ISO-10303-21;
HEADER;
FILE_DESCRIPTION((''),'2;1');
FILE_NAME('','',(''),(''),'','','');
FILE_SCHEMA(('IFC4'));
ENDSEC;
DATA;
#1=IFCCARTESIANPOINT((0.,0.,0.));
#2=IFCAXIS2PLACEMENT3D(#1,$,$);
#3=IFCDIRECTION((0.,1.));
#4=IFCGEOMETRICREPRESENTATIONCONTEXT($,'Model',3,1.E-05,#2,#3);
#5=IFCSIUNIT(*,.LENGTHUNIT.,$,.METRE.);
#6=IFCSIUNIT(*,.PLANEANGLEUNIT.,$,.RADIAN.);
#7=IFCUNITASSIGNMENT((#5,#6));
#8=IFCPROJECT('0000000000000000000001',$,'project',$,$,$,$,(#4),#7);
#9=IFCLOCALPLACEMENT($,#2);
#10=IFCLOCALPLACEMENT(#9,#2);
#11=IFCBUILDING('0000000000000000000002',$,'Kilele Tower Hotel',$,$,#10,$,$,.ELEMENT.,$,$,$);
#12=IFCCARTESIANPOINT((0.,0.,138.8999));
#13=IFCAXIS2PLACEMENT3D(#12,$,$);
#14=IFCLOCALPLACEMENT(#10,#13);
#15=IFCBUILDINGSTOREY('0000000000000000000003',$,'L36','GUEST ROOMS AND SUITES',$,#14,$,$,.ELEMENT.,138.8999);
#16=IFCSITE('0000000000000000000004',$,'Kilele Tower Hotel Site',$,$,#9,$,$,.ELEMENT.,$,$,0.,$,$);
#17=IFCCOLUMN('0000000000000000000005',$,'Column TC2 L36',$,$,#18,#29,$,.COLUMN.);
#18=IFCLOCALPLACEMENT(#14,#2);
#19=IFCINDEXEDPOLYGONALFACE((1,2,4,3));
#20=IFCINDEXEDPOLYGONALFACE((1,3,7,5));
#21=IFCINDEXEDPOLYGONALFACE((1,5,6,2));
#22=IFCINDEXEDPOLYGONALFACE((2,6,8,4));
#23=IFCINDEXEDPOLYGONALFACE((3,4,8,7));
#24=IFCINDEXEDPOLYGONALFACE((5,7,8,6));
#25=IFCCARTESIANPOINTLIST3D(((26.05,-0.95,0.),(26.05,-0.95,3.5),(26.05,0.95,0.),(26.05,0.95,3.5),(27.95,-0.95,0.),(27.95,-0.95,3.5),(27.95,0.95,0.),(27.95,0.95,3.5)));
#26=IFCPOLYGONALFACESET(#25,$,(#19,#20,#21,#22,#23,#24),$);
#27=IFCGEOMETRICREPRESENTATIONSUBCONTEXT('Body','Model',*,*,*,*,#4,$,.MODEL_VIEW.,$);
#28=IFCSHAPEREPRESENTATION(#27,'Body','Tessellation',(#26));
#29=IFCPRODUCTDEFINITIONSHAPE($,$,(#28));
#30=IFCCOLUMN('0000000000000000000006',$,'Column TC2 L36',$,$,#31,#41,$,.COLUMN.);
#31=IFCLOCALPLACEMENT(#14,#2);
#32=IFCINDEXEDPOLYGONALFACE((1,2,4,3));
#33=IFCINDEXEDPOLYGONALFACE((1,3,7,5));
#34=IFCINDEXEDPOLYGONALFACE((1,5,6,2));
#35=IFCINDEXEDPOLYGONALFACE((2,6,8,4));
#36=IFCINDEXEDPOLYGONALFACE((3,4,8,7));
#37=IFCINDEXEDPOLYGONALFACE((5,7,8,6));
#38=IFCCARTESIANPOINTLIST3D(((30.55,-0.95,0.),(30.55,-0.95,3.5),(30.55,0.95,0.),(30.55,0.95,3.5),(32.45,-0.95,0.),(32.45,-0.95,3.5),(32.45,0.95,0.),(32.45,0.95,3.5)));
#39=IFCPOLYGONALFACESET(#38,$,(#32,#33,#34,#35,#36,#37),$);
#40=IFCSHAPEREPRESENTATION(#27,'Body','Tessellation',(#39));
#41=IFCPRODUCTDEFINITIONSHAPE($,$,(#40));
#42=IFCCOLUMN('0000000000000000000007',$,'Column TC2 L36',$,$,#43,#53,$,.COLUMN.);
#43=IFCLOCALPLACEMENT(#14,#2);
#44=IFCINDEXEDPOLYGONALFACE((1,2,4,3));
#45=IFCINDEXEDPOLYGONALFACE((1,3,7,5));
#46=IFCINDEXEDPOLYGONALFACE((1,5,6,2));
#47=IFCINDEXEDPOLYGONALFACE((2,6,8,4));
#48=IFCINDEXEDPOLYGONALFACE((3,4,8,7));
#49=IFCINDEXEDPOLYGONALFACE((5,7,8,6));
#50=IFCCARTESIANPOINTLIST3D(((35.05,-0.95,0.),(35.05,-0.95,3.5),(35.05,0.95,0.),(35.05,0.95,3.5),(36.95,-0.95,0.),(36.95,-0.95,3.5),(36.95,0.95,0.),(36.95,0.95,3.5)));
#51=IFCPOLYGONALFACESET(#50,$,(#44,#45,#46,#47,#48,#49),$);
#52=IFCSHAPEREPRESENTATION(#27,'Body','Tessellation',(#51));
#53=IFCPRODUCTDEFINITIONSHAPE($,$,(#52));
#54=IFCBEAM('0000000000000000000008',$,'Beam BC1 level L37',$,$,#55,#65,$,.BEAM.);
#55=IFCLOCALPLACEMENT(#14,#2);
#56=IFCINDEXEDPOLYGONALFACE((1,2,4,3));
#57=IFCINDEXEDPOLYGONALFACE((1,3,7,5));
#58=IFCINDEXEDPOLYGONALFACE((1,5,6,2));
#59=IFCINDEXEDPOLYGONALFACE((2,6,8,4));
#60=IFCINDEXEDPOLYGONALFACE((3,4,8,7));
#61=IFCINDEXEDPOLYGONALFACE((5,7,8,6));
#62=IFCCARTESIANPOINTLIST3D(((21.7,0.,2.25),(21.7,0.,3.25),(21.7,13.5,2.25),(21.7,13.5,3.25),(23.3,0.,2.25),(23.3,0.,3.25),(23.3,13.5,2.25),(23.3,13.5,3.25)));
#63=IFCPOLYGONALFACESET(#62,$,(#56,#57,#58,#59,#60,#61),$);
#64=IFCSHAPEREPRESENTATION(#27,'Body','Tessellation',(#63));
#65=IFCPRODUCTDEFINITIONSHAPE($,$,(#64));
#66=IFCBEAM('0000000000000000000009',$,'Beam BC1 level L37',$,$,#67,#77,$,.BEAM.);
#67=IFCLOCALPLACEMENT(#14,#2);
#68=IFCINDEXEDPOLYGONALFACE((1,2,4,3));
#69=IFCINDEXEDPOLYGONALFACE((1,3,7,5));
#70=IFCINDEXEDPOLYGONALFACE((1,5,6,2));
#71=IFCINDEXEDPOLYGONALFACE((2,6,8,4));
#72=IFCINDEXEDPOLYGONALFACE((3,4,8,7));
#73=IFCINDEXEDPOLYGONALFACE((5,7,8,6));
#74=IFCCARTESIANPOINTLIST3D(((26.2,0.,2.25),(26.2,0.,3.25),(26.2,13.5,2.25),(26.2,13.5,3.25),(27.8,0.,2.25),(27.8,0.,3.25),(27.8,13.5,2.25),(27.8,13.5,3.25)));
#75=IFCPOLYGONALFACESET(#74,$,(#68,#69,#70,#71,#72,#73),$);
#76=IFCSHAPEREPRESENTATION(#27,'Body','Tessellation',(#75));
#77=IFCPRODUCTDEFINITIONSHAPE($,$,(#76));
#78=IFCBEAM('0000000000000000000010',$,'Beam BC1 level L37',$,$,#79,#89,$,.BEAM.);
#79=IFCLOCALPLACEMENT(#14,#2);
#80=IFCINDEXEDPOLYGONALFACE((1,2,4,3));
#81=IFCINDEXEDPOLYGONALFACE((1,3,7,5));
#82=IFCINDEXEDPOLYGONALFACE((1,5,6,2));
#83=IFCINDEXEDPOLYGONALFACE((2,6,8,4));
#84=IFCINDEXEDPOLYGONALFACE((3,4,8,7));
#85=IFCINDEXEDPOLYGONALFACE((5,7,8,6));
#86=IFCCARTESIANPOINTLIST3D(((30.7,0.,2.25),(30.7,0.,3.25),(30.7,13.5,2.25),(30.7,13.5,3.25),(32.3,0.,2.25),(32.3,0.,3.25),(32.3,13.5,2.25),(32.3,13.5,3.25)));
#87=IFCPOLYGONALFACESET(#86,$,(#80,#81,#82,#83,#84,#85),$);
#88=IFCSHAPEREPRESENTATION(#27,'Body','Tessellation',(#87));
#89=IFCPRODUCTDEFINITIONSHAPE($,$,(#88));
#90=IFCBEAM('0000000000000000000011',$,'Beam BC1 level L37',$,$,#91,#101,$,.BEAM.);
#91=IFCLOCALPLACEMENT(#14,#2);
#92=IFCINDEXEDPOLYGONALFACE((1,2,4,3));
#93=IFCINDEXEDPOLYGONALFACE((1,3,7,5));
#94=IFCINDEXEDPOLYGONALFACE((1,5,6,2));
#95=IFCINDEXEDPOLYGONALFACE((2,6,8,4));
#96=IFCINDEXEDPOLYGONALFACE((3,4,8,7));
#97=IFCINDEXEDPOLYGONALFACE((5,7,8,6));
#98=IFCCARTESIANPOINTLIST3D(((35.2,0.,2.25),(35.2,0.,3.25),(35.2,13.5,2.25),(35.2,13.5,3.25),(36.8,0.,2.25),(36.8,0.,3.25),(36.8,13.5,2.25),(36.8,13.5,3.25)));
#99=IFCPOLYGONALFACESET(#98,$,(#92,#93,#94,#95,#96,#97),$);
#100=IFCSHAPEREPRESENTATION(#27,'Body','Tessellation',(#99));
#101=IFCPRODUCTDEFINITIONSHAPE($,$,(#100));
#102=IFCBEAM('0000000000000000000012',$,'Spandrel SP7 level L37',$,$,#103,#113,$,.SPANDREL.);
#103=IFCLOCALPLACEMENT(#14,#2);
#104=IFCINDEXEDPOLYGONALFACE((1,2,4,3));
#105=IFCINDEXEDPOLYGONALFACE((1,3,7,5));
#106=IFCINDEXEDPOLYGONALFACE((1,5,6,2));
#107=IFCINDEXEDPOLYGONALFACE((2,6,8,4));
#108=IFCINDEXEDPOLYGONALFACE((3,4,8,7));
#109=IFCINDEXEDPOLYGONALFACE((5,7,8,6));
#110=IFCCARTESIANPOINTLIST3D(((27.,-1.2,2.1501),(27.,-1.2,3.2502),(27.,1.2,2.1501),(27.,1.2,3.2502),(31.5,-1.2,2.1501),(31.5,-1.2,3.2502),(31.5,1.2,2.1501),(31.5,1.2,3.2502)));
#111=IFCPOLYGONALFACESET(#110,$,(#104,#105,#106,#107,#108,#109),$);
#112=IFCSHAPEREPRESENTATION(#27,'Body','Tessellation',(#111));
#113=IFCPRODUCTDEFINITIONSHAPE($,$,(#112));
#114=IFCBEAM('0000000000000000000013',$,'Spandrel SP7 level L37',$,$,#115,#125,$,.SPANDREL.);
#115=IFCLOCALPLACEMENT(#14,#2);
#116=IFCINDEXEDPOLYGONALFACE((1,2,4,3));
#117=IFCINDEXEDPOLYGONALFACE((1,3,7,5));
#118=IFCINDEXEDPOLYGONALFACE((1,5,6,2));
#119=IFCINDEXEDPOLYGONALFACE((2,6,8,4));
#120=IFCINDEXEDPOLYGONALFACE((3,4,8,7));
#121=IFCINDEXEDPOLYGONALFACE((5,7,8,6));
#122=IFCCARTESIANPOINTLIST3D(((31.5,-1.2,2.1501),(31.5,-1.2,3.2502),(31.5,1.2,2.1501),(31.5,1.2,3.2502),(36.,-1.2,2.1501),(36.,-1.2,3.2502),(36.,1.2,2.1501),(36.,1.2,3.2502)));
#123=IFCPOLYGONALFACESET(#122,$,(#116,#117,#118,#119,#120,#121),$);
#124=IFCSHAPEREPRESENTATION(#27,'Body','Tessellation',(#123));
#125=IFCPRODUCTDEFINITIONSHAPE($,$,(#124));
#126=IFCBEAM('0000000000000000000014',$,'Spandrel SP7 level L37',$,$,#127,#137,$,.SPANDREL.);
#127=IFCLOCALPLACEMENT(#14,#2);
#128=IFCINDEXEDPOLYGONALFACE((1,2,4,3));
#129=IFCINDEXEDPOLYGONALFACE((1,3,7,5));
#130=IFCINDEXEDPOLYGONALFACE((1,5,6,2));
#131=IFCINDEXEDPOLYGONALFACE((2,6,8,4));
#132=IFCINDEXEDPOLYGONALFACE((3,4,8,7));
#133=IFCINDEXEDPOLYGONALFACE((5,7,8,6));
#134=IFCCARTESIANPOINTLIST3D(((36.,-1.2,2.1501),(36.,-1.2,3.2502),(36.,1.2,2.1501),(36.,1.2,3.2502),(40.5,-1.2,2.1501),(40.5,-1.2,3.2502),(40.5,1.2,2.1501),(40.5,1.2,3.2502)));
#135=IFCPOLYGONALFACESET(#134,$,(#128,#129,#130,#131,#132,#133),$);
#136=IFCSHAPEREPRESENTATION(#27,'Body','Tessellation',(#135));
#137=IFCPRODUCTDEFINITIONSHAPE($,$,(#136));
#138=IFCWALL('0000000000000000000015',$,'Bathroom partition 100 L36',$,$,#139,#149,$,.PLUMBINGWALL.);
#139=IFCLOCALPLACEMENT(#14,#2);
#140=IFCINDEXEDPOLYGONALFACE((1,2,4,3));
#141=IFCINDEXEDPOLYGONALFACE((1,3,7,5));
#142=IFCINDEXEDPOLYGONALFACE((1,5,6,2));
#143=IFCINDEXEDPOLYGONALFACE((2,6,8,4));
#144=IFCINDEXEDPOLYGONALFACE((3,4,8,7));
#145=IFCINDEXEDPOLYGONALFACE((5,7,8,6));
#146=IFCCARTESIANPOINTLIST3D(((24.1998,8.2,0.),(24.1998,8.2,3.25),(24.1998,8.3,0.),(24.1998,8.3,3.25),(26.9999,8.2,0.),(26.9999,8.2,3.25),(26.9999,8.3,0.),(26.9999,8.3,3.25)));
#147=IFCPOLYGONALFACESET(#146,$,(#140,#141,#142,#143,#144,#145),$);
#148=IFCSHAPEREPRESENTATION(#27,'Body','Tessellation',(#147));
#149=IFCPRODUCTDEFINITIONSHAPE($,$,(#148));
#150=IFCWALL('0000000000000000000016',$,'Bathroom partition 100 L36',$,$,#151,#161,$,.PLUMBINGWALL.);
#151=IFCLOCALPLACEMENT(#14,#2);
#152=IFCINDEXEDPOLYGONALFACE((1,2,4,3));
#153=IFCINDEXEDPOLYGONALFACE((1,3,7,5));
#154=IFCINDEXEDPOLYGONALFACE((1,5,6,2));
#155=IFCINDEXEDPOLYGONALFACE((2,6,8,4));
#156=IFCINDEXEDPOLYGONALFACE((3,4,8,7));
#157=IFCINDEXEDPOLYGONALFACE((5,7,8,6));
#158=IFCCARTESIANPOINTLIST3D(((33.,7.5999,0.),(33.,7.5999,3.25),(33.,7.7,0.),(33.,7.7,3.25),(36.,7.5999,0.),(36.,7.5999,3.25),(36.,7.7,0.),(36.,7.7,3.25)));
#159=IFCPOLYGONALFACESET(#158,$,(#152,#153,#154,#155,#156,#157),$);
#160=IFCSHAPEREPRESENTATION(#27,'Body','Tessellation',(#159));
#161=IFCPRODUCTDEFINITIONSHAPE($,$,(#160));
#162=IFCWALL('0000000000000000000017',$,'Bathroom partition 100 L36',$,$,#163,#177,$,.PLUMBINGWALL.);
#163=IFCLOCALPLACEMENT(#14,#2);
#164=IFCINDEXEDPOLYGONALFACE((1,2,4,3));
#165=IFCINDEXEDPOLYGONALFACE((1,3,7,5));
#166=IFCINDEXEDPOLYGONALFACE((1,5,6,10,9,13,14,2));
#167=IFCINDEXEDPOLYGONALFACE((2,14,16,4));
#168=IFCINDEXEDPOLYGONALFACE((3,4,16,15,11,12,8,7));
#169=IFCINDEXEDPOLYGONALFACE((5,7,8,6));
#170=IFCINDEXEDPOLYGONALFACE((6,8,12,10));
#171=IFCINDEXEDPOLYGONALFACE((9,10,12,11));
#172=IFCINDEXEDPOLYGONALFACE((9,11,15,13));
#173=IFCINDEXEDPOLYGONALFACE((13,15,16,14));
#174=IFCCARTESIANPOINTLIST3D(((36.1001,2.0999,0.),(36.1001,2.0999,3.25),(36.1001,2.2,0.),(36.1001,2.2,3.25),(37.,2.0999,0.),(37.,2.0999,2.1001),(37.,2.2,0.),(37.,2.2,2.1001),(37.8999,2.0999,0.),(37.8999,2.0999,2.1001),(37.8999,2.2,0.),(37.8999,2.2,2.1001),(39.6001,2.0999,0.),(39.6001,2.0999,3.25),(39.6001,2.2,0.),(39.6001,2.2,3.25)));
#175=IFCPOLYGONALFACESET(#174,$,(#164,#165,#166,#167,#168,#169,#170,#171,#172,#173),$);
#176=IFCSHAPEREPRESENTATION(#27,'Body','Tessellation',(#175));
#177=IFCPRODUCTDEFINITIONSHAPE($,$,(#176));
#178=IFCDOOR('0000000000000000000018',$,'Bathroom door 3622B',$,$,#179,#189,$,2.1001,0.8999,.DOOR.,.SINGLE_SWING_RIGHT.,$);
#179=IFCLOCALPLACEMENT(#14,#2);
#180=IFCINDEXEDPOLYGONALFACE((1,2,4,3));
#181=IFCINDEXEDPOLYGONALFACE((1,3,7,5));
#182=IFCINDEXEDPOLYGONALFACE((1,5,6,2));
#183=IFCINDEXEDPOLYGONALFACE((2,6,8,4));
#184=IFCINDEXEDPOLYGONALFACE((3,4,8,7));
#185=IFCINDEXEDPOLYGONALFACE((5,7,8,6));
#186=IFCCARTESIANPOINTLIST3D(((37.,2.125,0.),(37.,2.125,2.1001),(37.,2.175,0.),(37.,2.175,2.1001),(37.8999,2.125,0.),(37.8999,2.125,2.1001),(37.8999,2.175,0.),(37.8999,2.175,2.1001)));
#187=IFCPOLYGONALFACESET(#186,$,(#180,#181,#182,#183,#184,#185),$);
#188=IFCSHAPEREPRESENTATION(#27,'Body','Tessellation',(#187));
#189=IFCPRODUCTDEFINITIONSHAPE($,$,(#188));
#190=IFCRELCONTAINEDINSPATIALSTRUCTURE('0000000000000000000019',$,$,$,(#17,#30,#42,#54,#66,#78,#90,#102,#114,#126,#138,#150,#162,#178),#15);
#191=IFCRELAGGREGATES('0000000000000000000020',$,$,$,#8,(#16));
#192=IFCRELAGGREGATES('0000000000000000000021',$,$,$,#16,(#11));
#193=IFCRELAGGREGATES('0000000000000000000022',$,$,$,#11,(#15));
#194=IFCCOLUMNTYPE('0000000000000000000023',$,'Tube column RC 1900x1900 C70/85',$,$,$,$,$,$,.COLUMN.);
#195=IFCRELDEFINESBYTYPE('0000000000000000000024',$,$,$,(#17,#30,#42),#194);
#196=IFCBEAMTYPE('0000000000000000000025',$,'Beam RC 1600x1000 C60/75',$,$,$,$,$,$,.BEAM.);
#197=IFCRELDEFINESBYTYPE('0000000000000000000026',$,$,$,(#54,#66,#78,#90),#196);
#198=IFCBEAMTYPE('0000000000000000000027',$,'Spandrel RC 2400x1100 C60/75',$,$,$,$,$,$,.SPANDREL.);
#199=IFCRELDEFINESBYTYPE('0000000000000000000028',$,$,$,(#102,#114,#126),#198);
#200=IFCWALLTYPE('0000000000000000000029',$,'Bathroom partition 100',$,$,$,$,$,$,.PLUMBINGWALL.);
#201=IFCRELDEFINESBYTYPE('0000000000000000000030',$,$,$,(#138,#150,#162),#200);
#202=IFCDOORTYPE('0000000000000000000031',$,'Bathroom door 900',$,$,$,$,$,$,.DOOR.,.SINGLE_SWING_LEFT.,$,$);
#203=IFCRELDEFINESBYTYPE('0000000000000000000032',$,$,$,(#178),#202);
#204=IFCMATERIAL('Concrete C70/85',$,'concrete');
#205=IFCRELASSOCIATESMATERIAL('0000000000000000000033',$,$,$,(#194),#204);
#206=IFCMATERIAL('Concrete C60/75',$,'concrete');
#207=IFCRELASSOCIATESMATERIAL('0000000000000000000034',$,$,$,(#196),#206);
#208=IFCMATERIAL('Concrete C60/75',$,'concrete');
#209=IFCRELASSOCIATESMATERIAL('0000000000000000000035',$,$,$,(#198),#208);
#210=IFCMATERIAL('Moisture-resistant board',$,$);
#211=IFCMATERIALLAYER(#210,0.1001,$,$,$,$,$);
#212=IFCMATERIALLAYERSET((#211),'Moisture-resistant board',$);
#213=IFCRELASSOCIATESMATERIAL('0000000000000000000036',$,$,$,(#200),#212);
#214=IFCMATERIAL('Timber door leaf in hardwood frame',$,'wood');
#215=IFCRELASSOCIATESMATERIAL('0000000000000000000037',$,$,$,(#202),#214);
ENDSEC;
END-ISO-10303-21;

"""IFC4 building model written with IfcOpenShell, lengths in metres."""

from ifc_helpers import new_model, si_unit, direction, frame, frame_2d, origin, origin_2d, place, context, subcontext, project, spatial, rectangle, extrude, material, layer, layer_set, material_profile, profile_set, type_object, element, fill, save


model = new_model("IFC4")

# Units and contexts
model_context = context("Model", 3, precision=1e-05, world=origin(), true_north=direction((0.0, 1.0)))
body_context = subcontext(model_context, "Body", "Model", "MODEL_VIEW")
ifc_project = project(units=[si_unit("LENGTHUNIT", "METRE"), si_unit("PLANEANGLEUNIT", "RADIAN")], contexts=[model_context])

# Site, building, storey
site_placement = place(None, origin())
site = spatial("IfcSite", under=ifc_project, at=site_placement, Name="Kilele Tower Hotel Site", CompositionType="ELEMENT", RefElevation=0.0)
building_placement = place(site_placement, origin())
building = spatial("IfcBuilding", under=site, at=building_placement, Name="Kilele Tower Hotel", CompositionType="ELEMENT")
storey_placement = place(building_placement, frame((0.0, 0.0, 138.8999)))
storey = spatial("IfcBuildingStorey", under=building, at=storey_placement, Name="L36", Description="GUEST ROOMS AND SUITES", CompositionType="ELEMENT", Elevation=138.8999)

# Columns
ifc_material_1 = material(Name="Concrete C70/85", Category="concrete")
ifc_material_profile_1 = material_profile(ifc_material_1, rectangle(XDim=1.8999, YDim=1.8999, at=origin_2d()))
ifc_profile_set_1 = profile_set([ifc_material_profile_1], Name="Concrete C70/85")
column_type = type_object("IfcColumnType", Name="Tube column RC 1900x1900 C70/85", PredefinedType="COLUMN", material=ifc_profile_set_1)
for number, where, z_axis, x_axis, name in (
    (1, (27.0, 0.0, 0.0), (0.0, 0.0, 1.0), (1.0, 0.0, 0.0), "Column TC2 L36"),
    (2, (31.5, 0.0, 0.0), (0.0, 0.0, 1.0), (1.0, 0.0, 0.0), "Column TC2 L36"),
    (3, (36.0, 0.0, 0.0), (0.0, 0.0, 1.0), (1.0, 0.0, 0.0), "Column TC2 L36"),
):
    element("IfcColumn", number, at=place(storey_placement, frame(where, z_axis=z_axis, x_axis=x_axis)), inside=storey, type_object=column_type, Name=name, PredefinedType="COLUMN", context=body_context, shape_type="SweptSolid", body=[
        extrude(rectangle(XDim=1.8999, YDim=1.8999, at=origin_2d()), origin(), (0.0, 0.0, 1.0), 3.5),
    ])

# Beams
ifc_material_2 = material(Name="Concrete C60/75", Category="concrete")
ifc_material_profile_2 = material_profile(ifc_material_2, rectangle(XDim=1.6001, YDim=1.0, at=origin_2d()))
ifc_profile_set_2 = profile_set([ifc_material_profile_2], Name="Concrete C60/75")
beam_type_1 = type_object("IfcBeamType", Name="Beam RC 1600x1000 C60/75", PredefinedType="BEAM", material=ifc_profile_set_2)
for number, where, z_axis, x_axis, name in (
    (4, (22.5, 0.0, 2.75), (0.0, 1.0, 0.0), (-1.0, 0.0, 0.0), "Beam BC1 level L37"),
    (5, (27.0, 0.0, 2.75), (0.0, 1.0, 0.0), (-1.0, 0.0, 0.0), "Beam BC1 level L37"),
    (6, (31.5, 0.0, 2.75), (0.0, 1.0, 0.0), (-1.0, 0.0, 0.0), "Beam BC1 level L37"),
    (7, (36.0, 0.0, 2.75), (0.0, 1.0, 0.0), (-1.0, 0.0, 0.0), "Beam BC1 level L37"),
):
    element("IfcBeam", number, at=place(storey_placement, frame(where, z_axis=z_axis, x_axis=x_axis)), inside=storey, type_object=beam_type_1, Name=name, PredefinedType="BEAM", context=body_context, shape_type="SweptSolid", body=[
        extrude(rectangle(XDim=1.6001, YDim=1.0, at=origin_2d()), origin(), (0.0, 0.0, 1.0), 13.5),
    ])
ifc_material_3 = material(Name="Concrete C60/75", Category="concrete")
ifc_material_profile_3 = material_profile(ifc_material_3, rectangle(XDim=2.3999, YDim=1.1001, at=origin_2d()))
ifc_profile_set_3 = profile_set([ifc_material_profile_3], Name="Concrete C60/75")
beam_type_2 = type_object("IfcBeamType", Name="Spandrel RC 2400x1100 C60/75", PredefinedType="SPANDREL", material=ifc_profile_set_3)
for number, where, z_axis, x_axis, name in (
    (8, (27.0, 0.0, 2.7002), (1.0, 0.0, 0.0), (0.0, 1.0, 0.0), "Spandrel SP7 level L37"),
    (9, (31.5, 0.0, 2.7002), (1.0, 0.0, 0.0), (0.0, 1.0, 0.0), "Spandrel SP7 level L37"),
    (10, (36.0, 0.0, 2.7002), (1.0, 0.0, 0.0), (0.0, 1.0, 0.0), "Spandrel SP7 level L37"),
):
    element("IfcBeam", number, at=place(storey_placement, frame(where, z_axis=z_axis, x_axis=x_axis)), inside=storey, type_object=beam_type_2, Name=name, PredefinedType="SPANDREL", context=body_context, shape_type="SweptSolid", body=[
        extrude(rectangle(XDim=2.3999, YDim=1.1001, at=origin_2d()), origin(), (0.0, 0.0, 1.0), 4.5),
    ])

# Walls
ifc_material_4 = material(Name="Moisture-resistant board")
ifc_layer_1 = layer(ifc_material_4, 0.1001)
ifc_layer_set_1 = layer_set([ifc_layer_1], Name="Moisture-resistant board")
wall_type_1 = type_object("IfcWallType", Name="Bathroom partition 100", PredefinedType="PLUMBINGWALL", material=ifc_layer_set_1)
wall_1_placement = place(storey_placement, frame((24.2, 8.25, 0.0), z_axis=(0.0, 0.0, 1.0), x_axis=(1.0, 0.0, 0.0)))
element("IfcWall", 11, at=wall_1_placement, inside=storey, type_object=wall_type_1, Name="Bathroom partition 100 L36", PredefinedType="PLUMBINGWALL", context=body_context, shape_type="SweptSolid", body=[
    extrude(rectangle(XDim=2.8, YDim=0.1001, at=frame_2d((1.3999, 0.0))), origin(), (0.0, 0.0, 1.0), 3.25),
])
wall_2_placement = place(storey_placement, frame((33.0, 7.6499, 0.0), z_axis=(0.0, 0.0, 1.0), x_axis=(1.0, 0.0, 0.0)))
element("IfcWall", 12, at=wall_2_placement, inside=storey, type_object=wall_type_1, Name="Bathroom partition 100 L36", PredefinedType="PLUMBINGWALL", context=body_context, shape_type="SweptSolid", body=[
    extrude(rectangle(XDim=3.0, YDim=0.1001, at=frame_2d((1.5, 0.0))), origin(), (0.0, 0.0, 1.0), 3.25),
])

# Wall, opening, door
wall_3_placement = place(storey_placement, frame((36.1001, 2.1499, 0.0), z_axis=(0.0, 0.0, 1.0), x_axis=(1.0, 0.0, 0.0)))
wall_3 = element("IfcWall", 13, at=wall_3_placement, inside=storey, type_object=wall_type_1, Name="Bathroom partition 100 L36", PredefinedType="PLUMBINGWALL", context=body_context, shape_type="SweptSolid", body=[
    extrude(rectangle(XDim=3.5, YDim=0.1001, at=frame_2d((1.75, 0.0))), origin(), (0.0, 0.0, 1.0), 3.25),
])
opening_1_placement = place(wall_3_placement, frame((1.7998, 0.0, 0.0), z_axis=(0.0, 0.0, 1.0), x_axis=(-1.0, 0.0, 0.0)))
opening_1 = element("IfcOpeningElement", 14, at=opening_1_placement, cuts=wall_3, PredefinedType="OPENING", context=body_context, shape_type="SweptSolid", body=[
    extrude(rectangle(XDim=0.8999, YDim=2.1001, at=frame_2d((0.45, 1.05))), frame((0.0, 0.0601, 0.0), z_axis=(0.0, -1.0, 0.0), x_axis=(1.0, 0.0, 0.0)), (0.0, 0.0, 1.0), 0.1201),
])
ifc_material_5 = material(Name="Timber door leaf in hardwood frame", Category="wood")
door_type_1 = type_object("IfcDoorType", Name="Bathroom door 900", OperationType="SINGLE_SWING_LEFT", PredefinedType="DOOR", material=ifc_material_5)
door_1_placement = place(opening_1_placement, origin())
door_1 = element("IfcDoor", 15, at=door_1_placement, inside=storey, type_object=door_type_1, Name="Bathroom door 3622B", OperationType="SINGLE_SWING_RIGHT", OverallHeight=2.1001, OverallWidth=0.8999, PredefinedType="DOOR", context=body_context, shape_type="SweptSolid", body=[
    extrude(rectangle(XDim=0.8999, YDim=2.1001, at=frame_2d((0.45, 1.05))), frame((0.0, 0.0249, 0.0), z_axis=(0.0, -1.0, 0.0), x_axis=(1.0, 0.0, 0.0)), (0.0, 0.0, 1.0), 0.05),
])
fill(opening_1, door_1)

save(model, "model.ifc")
